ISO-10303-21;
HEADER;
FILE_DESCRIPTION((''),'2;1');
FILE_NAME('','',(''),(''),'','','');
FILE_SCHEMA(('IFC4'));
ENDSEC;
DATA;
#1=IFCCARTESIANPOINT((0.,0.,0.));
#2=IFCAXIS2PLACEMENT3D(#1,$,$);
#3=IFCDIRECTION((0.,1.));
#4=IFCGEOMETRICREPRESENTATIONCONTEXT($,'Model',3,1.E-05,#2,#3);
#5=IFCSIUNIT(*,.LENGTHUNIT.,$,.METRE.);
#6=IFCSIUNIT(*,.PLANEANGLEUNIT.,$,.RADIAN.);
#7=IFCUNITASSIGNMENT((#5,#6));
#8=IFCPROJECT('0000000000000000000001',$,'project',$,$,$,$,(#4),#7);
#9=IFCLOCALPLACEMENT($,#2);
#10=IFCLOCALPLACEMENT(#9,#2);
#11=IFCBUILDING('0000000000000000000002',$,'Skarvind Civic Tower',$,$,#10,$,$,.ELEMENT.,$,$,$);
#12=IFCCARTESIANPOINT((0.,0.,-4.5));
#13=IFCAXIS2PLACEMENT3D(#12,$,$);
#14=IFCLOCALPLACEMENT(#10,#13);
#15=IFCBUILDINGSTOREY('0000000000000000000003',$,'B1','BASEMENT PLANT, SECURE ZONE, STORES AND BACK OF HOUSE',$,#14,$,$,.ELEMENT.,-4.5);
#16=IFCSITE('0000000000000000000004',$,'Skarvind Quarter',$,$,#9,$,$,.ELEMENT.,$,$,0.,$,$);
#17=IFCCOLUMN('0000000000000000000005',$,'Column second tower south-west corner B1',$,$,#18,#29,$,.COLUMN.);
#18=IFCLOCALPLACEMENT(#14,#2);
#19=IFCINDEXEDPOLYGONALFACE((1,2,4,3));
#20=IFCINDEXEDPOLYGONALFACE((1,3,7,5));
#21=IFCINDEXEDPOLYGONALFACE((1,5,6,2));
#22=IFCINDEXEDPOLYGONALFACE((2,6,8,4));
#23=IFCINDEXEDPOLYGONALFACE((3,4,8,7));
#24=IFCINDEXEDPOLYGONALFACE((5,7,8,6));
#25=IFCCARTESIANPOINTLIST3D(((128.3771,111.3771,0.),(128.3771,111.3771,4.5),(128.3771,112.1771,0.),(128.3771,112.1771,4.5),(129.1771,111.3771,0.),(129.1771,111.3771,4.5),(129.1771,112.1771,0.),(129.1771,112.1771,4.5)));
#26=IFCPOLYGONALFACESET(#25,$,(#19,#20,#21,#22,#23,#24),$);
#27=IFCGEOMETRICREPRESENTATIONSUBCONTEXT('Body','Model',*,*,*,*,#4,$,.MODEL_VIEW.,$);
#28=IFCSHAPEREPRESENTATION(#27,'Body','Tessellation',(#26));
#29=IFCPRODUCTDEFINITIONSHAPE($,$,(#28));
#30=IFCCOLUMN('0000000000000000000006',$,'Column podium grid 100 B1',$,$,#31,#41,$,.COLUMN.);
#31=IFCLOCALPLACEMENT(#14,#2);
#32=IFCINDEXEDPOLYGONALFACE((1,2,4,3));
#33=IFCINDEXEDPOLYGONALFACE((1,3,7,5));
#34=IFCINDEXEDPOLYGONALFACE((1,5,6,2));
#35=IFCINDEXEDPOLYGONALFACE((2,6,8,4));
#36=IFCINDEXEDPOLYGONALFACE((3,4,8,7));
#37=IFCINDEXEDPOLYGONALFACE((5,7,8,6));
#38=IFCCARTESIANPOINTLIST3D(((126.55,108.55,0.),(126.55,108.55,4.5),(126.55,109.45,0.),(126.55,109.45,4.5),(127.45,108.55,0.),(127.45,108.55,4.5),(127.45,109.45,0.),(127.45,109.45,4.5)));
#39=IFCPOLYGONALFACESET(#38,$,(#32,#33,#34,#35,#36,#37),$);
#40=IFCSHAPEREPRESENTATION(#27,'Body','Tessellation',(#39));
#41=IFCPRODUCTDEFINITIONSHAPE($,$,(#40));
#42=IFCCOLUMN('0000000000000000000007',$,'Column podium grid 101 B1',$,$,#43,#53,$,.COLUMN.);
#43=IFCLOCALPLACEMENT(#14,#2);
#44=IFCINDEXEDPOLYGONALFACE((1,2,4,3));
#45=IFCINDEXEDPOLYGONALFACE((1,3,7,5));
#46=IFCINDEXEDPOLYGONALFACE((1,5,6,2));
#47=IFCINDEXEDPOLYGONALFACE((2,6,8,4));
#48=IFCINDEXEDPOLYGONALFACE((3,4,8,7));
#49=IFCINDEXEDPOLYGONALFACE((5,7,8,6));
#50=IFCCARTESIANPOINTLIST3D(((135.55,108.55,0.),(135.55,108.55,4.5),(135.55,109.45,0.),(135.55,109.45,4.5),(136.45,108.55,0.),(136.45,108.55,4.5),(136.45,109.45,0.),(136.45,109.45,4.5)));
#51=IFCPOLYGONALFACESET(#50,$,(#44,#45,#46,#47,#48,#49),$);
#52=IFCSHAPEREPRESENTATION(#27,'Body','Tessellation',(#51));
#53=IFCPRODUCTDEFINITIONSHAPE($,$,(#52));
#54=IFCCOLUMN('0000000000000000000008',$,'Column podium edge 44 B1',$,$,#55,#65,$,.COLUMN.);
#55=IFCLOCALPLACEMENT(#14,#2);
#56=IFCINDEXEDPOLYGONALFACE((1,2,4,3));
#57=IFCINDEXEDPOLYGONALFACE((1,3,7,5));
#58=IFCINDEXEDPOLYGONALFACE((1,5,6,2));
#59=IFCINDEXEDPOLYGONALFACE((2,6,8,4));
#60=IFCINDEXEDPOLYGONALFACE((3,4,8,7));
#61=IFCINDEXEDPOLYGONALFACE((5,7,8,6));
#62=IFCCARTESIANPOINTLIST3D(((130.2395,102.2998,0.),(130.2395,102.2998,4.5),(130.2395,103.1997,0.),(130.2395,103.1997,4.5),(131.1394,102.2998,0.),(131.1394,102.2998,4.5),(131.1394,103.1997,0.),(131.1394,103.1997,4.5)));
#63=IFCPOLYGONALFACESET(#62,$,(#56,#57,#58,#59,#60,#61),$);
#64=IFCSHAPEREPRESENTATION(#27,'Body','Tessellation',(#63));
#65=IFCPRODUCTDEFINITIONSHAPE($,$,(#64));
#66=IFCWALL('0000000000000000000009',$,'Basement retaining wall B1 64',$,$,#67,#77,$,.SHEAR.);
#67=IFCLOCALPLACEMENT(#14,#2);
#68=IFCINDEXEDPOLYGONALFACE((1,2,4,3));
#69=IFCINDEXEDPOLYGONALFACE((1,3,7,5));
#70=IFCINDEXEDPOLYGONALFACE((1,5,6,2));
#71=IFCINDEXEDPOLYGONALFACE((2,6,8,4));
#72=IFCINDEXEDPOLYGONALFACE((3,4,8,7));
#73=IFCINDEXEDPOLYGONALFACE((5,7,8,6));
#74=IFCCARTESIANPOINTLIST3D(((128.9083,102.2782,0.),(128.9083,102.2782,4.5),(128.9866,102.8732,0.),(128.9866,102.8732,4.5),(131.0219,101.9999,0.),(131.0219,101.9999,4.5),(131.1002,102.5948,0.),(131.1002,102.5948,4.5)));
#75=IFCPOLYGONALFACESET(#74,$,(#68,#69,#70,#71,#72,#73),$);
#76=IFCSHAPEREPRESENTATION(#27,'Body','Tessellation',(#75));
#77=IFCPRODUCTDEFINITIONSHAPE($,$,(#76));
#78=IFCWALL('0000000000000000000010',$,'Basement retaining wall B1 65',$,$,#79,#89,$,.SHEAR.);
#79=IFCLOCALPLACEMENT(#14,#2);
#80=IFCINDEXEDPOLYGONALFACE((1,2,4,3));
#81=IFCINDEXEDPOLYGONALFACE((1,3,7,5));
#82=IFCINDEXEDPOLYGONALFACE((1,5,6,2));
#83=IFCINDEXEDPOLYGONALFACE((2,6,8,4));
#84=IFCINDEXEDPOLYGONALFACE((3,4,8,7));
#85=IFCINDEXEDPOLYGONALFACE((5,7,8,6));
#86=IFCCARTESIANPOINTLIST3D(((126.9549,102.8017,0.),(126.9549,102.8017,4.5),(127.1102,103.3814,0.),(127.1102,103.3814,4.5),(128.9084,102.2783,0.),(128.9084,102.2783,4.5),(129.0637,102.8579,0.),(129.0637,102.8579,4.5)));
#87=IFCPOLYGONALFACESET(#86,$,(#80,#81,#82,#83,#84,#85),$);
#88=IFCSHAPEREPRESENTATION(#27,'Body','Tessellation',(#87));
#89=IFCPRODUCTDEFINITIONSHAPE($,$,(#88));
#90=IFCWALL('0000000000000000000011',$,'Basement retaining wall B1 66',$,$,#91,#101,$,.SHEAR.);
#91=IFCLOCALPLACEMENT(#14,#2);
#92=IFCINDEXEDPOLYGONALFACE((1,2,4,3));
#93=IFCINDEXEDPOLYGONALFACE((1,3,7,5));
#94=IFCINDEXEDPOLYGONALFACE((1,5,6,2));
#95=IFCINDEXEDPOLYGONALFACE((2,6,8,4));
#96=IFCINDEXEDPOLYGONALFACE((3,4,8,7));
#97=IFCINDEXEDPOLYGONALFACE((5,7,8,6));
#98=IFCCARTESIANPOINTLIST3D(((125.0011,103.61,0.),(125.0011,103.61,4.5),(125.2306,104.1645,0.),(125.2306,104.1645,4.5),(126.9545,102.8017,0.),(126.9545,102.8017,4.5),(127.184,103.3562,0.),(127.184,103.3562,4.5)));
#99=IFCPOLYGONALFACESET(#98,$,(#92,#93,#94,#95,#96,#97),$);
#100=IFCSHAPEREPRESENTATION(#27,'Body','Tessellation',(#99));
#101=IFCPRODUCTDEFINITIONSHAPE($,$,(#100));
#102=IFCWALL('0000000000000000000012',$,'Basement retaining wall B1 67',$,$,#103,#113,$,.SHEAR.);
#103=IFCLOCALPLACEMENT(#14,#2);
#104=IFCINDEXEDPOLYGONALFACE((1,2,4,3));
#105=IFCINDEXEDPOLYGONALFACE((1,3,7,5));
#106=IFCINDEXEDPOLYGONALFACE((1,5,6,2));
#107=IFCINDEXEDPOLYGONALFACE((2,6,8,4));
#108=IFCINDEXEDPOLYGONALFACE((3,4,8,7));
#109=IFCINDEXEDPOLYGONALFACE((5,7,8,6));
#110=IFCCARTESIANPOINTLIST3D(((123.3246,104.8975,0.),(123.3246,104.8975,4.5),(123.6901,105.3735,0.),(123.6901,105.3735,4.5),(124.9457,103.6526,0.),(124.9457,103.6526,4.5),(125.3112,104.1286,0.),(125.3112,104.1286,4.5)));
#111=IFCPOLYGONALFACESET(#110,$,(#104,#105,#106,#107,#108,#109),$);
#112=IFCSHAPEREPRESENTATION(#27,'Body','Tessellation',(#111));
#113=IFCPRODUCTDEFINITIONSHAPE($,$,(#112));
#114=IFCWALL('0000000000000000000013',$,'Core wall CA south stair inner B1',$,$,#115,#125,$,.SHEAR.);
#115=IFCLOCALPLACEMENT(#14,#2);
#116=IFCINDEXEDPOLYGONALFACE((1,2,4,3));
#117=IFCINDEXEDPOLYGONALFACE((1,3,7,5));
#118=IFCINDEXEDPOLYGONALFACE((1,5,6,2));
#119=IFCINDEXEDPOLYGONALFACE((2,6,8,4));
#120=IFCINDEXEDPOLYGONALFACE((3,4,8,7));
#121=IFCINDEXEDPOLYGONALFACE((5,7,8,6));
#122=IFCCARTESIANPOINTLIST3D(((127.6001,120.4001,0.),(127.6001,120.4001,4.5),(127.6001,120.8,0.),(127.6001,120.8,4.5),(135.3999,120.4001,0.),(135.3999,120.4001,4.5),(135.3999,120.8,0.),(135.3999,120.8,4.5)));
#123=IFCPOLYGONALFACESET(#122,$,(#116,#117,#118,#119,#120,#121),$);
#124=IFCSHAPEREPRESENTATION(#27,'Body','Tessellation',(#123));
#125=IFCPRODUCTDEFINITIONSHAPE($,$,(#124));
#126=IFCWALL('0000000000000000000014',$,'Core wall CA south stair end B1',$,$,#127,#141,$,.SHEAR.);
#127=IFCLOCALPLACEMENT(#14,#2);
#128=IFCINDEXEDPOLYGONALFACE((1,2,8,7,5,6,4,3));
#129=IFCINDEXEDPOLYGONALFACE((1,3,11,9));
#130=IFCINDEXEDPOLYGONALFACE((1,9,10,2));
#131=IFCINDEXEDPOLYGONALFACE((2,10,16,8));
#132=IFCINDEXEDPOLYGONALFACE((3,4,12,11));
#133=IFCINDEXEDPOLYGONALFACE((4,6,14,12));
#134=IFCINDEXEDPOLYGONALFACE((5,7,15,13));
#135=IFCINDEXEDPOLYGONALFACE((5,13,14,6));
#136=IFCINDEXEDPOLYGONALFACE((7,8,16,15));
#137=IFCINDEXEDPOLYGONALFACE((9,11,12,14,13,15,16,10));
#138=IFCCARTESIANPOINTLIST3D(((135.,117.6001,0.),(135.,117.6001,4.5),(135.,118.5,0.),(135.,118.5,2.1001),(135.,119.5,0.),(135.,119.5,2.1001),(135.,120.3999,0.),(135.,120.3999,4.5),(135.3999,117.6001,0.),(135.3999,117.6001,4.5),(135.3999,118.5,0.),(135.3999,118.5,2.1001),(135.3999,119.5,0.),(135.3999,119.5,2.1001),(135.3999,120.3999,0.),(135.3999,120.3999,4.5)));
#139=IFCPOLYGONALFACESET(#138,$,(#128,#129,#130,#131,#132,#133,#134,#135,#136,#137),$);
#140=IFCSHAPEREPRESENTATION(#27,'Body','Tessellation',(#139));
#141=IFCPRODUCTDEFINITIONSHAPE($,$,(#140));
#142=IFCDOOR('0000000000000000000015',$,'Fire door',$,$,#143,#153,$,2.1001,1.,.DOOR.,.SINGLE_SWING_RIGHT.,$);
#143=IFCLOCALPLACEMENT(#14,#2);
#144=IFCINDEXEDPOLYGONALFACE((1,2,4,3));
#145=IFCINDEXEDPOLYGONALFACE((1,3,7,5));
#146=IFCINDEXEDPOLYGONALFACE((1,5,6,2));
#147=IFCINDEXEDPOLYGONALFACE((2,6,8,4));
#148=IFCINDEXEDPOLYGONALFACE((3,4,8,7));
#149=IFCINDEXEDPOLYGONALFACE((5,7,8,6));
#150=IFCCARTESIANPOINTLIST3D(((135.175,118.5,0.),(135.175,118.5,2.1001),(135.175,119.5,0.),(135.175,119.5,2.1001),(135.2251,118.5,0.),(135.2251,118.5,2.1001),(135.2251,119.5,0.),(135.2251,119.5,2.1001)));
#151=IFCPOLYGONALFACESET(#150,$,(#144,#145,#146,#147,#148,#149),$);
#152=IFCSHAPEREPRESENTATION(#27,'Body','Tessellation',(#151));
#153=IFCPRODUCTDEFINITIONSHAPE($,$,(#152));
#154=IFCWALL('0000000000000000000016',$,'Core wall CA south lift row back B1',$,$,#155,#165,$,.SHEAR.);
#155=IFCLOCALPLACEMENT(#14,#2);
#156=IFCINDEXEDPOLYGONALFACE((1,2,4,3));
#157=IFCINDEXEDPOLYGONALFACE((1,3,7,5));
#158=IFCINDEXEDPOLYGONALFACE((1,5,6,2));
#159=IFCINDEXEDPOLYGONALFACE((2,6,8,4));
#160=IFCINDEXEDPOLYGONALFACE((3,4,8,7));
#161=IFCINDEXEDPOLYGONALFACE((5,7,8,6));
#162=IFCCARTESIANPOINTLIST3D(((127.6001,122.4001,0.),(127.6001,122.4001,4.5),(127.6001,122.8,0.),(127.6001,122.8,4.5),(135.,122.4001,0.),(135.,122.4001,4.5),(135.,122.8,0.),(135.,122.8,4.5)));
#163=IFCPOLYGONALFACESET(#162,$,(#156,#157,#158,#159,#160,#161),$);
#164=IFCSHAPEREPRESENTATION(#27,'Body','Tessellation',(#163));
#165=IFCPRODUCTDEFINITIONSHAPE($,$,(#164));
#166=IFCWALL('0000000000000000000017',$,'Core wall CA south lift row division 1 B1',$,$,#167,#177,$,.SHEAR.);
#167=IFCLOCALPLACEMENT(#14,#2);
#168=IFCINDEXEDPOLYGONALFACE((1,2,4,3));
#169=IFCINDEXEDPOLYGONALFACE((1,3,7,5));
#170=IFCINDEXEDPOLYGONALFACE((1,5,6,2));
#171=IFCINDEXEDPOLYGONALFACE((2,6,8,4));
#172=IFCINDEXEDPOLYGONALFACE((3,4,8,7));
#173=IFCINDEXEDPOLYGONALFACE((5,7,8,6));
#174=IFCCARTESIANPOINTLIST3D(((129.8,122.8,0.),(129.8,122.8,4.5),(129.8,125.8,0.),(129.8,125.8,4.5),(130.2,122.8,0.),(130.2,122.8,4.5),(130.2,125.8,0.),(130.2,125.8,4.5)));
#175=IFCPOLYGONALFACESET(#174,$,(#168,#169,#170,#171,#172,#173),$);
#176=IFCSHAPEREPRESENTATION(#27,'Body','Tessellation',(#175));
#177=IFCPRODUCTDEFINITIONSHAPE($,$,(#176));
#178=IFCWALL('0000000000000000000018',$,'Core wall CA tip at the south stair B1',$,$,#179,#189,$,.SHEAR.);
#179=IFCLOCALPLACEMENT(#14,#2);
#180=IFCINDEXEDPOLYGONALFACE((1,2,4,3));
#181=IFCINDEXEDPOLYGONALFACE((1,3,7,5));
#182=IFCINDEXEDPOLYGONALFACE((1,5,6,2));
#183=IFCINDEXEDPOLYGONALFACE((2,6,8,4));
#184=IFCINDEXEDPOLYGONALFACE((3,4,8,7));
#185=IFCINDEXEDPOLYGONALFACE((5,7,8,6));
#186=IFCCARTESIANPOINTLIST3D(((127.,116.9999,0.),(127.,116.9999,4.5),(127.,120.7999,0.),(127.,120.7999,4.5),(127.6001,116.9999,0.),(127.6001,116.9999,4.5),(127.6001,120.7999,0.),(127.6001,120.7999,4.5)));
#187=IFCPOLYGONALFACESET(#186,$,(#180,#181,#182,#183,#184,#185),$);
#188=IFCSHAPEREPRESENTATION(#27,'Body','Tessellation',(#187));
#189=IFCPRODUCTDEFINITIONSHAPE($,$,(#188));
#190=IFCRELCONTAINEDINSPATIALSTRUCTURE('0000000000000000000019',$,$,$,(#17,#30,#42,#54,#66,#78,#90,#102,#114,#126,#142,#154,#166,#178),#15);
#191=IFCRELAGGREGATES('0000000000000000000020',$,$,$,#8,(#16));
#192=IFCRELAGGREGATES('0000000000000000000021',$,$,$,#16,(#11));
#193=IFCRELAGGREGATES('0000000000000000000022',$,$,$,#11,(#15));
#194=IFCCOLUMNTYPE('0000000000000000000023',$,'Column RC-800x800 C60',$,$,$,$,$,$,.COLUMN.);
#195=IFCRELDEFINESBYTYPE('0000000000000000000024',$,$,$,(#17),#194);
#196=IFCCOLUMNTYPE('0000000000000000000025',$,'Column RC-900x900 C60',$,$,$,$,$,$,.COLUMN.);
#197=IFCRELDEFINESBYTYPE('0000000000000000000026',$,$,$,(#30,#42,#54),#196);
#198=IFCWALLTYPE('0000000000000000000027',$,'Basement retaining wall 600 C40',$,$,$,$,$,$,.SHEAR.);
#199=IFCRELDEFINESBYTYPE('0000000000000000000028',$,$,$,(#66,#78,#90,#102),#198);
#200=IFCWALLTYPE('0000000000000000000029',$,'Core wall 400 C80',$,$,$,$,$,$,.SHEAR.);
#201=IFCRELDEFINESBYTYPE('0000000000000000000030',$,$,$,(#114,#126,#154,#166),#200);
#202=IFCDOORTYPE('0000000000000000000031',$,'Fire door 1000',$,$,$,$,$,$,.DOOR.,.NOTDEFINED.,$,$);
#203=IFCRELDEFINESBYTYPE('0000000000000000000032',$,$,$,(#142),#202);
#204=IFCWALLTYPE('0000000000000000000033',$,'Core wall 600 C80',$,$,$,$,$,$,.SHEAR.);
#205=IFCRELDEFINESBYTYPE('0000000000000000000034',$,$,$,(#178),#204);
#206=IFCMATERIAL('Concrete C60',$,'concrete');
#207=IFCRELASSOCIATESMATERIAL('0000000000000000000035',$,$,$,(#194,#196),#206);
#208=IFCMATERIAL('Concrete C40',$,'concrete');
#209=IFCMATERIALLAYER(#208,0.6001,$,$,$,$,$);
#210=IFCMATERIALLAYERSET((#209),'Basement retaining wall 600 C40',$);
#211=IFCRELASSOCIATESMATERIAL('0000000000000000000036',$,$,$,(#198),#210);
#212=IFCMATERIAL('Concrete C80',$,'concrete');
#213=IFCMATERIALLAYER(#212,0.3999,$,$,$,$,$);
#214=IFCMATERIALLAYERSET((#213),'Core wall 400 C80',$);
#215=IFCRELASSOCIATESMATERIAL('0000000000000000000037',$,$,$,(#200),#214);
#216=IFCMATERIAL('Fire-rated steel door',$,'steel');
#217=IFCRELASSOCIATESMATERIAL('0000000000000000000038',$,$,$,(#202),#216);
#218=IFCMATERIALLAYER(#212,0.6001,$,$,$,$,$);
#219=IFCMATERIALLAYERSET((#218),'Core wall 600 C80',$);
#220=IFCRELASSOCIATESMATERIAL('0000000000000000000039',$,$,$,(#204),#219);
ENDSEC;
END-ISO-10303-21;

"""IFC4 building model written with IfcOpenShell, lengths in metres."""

from ifc_helpers import new_model, si_unit, direction, frame, frame_2d, origin, origin_2d, place, context, subcontext, project, spatial, rectangle, extrude, material, layer, layer_set, material_profile, profile_set, type_object, element, fill, save


model = new_model("IFC4")

# Units and contexts
model_context = context("Model", 3, precision=1e-05, world=origin(), true_north=direction((0.0, 1.0)))
body_context = subcontext(model_context, "Body", "Model", "MODEL_VIEW")
ifc_project = project(units=[si_unit("LENGTHUNIT", "METRE"), si_unit("PLANEANGLEUNIT", "RADIAN")], contexts=[model_context])

# Site, building, storey
site_placement = place(None, origin())
site = spatial("IfcSite", under=ifc_project, at=site_placement, Name="Skarvind Quarter", CompositionType="ELEMENT", RefElevation=0.0)
building_placement = place(site_placement, origin())
building = spatial("IfcBuilding", under=site, at=building_placement, Name="Skarvind Civic Tower", CompositionType="ELEMENT")
storey_placement = place(building_placement, frame((0.0, 0.0, -4.5)))
storey = spatial("IfcBuildingStorey", under=building, at=storey_placement, Name="B1", Description="BASEMENT PLANT, SECURE ZONE, STORES AND BACK OF HOUSE", CompositionType="ELEMENT", Elevation=-4.5)

# Columns
ifc_material_1 = material(Name="Concrete C60", Category="concrete")
ifc_material_profile_1 = material_profile(ifc_material_1, rectangle(XDim=0.8, YDim=0.8, at=origin_2d()), Name="RC-800x800")
ifc_profile_set_1 = profile_set([ifc_material_profile_1], Name="Concrete C60")
column_type_1 = type_object("IfcColumnType", Name="Column RC-800x800 C60", PredefinedType="COLUMN", material=ifc_profile_set_1)
column_placement = place(storey_placement, frame((128.7771, 111.7771, 0.0), z_axis=(0.0, 0.0, 1.0), x_axis=(1.0, 0.0, 0.0)))
element("IfcColumn", 1, at=column_placement, inside=storey, type_object=column_type_1, Name="Column second tower south-west corner B1", PredefinedType="COLUMN", context=body_context, shape_type="SweptSolid", body=[
    extrude(rectangle(XDim=0.8, YDim=0.8, at=origin_2d()), origin(), (0.0, 0.0, 1.0), 4.5),
])
ifc_material_profile_2 = material_profile(ifc_material_1, rectangle(XDim=0.8999, YDim=0.8999, at=origin_2d()), Name="RC-900x900")
ifc_profile_set_2 = profile_set([ifc_material_profile_2], Name="Concrete C60")
column_type_2 = type_object("IfcColumnType", Name="Column RC-900x900 C60", PredefinedType="COLUMN", material=ifc_profile_set_2)
for number, where, z_axis, x_axis, name in (
    (2, (127.0, 109.0, 0.0), (0.0, 0.0, 1.0), (1.0, 0.0, 0.0), "Column podium grid 100 B1"),
    (3, (136.0, 109.0, 0.0), (0.0, 0.0, 1.0), (1.0, 0.0, 0.0), "Column podium grid 101 B1"),
    (4, (130.6895, 102.7498, 0.0), (0.0, 0.0, 1.0), (1.0, 0.0, 0.0), "Column podium edge 44 B1"),
):
    element("IfcColumn", number, at=place(storey_placement, frame(where, z_axis=z_axis, x_axis=x_axis)), inside=storey, type_object=column_type_2, Name=name, PredefinedType="COLUMN", context=body_context, shape_type="SweptSolid", body=[
        extrude(rectangle(XDim=0.8999, YDim=0.8999, at=origin_2d()), origin(), (0.0, 0.0, 1.0), 4.5),
    ])

# Walls
ifc_material_2 = material(Name="Concrete C40", Category="concrete")
ifc_layer_1 = layer(ifc_material_2, 0.6001)
ifc_layer_set_1 = layer_set([ifc_layer_1], Name="Basement retaining wall 600 C40")
wall_type_1 = type_object("IfcWallType", Name="Basement retaining wall 600 C40", PredefinedType="SHEAR", material=ifc_layer_set_1)
wall_1_placement = place(storey_placement, frame((131.061, 102.2974, 0.0), z_axis=(0.0, 0.0, 1.0), x_axis=(-0.991441, 0.130558, 0.0)))
element("IfcWall", 5, at=wall_1_placement, inside=storey, type_object=wall_type_1, Name="Basement retaining wall B1 64", PredefinedType="SHEAR", context=body_context, shape_type="SweptSolid", body=[
    extrude(rectangle(XDim=2.1318, YDim=0.6001, at=frame_2d((1.0659, 0.0))), origin(), (0.0, 0.0, 1.0), 4.5),
])
wall_2_placement = place(storey_placement, frame((128.9861, 102.5681, 0.0), z_axis=(0.0, 0.0, 1.0), x_axis=(-0.96593, 0.258804, 0.0)))
element("IfcWall", 6, at=wall_2_placement, inside=storey, type_object=wall_type_1, Name="Basement retaining wall B1 65", PredefinedType="SHEAR", context=body_context, shape_type="SweptSolid", body=[
    extrude(rectangle(XDim=2.0225, YDim=0.6001, at=frame_2d((1.0112, 0.0))), origin(), (0.0, 0.0, 1.0), 4.5),
])
wall_3_placement = place(storey_placement, frame((127.0693, 103.0789, 0.0), z_axis=(0.0, 0.0, 1.0), x_axis=(-0.924007, 0.382376, 0.0)))
element("IfcWall", 7, at=wall_3_placement, inside=storey, type_object=wall_type_1, Name="Basement retaining wall B1 66", PredefinedType="SHEAR", context=body_context, shape_type="SweptSolid", body=[
    extrude(rectangle(XDim=2.114, YDim=0.6001, at=frame_2d((1.0571, 0.0))), origin(), (0.0, 0.0, 1.0), 4.5),
])
wall_4_placement = place(storey_placement, frame((125.1284, 103.8906, 0.0), z_axis=(0.0, 0.0, 1.0), x_axis=(-0.793125, 0.609058, 0.0)))
element("IfcWall", 8, at=wall_4_placement, inside=storey, type_object=wall_type_1, Name="Basement retaining wall B1 67", PredefinedType="SHEAR", context=body_context, shape_type="SweptSolid", body=[
    extrude(rectangle(XDim=2.0439, YDim=0.6001, at=frame_2d((1.022, 0.0))), origin(), (0.0, 0.0, 1.0), 4.5),
])
ifc_material_3 = material(Name="Concrete C80", Category="concrete")
ifc_layer_2 = layer(ifc_material_3, 0.3999)
ifc_layer_set_2 = layer_set([ifc_layer_2], Name="Core wall 400 C80")
wall_type_2 = type_object("IfcWallType", Name="Core wall 400 C80", PredefinedType="SHEAR", material=ifc_layer_set_2)
wall_5_placement = place(storey_placement, frame((127.6001, 120.6001, 0.0), z_axis=(0.0, 0.0, 1.0), x_axis=(1.0, 0.0, 0.0)))
element("IfcWall", 9, at=wall_5_placement, inside=storey, type_object=wall_type_2, Name="Core wall CA south stair inner B1", PredefinedType="SHEAR", context=body_context, shape_type="SweptSolid", body=[
    extrude(rectangle(XDim=7.7998, YDim=0.3999, at=frame_2d((3.8999, 0.0))), origin(), (0.0, 0.0, 1.0), 4.5),
])

# Wall, opening, door
wall_6_placement = place(storey_placement, frame((135.2, 117.6001, 0.0), z_axis=(0.0, 0.0, 1.0), x_axis=(0.0, 1.0, 0.0)))
wall_6 = element("IfcWall", 10, at=wall_6_placement, inside=storey, type_object=wall_type_2, Name="Core wall CA south stair end B1", PredefinedType="SHEAR", context=body_context, shape_type="SweptSolid", body=[
    extrude(rectangle(XDim=2.7998, YDim=0.3999, at=frame_2d((1.3999, 0.0))), origin(), (0.0, 0.0, 1.0), 4.5),
])
opening_1_placement = place(wall_6_placement, frame((0.8999, 0.0, 0.0)))
opening_1 = element("IfcOpeningElement", 11, at=opening_1_placement, cuts=wall_6, PredefinedType="OPENING", context=body_context, shape_type="SweptSolid", body=[
    extrude(rectangle(XDim=1.0, YDim=2.1001, at=frame_2d((0.5, 1.05))), frame((0.0, 0.21, 0.0), z_axis=(0.0, -1.0, 0.0), x_axis=(1.0, 0.0, 0.0)), (0.0, 0.0, 1.0), 0.4199),
])
ifc_material_4 = material(Name="Fire-rated steel door", Category="steel")
door_type_1 = type_object("IfcDoorType", Name="Fire door 1000", OperationType="NOTDEFINED", PredefinedType="DOOR", material=ifc_material_4)
door_1_placement = place(opening_1_placement, origin())
door_1 = element("IfcDoor", 12, at=door_1_placement, inside=storey, type_object=door_type_1, Name="Fire door", OperationType="SINGLE_SWING_RIGHT", OverallHeight=2.1001, OverallWidth=1.0, PredefinedType="DOOR", context=body_context, shape_type="SweptSolid", body=[
    extrude(rectangle(XDim=1.0, YDim=2.1001, at=frame_2d((0.5, 1.05))), frame((0.0, 0.0249, 0.0), z_axis=(0.0, -1.0, 0.0), x_axis=(1.0, 0.0, 0.0)), (0.0, 0.0, 1.0), 0.05),
])
fill(opening_1, door_1)

# Walls
wall_7_placement = place(storey_placement, frame((127.6001, 122.6001, 0.0), z_axis=(0.0, 0.0, 1.0), x_axis=(1.0, 0.0, 0.0)))
element("IfcWall", 13, at=wall_7_placement, inside=storey, type_object=wall_type_2, Name="Core wall CA south lift row back B1", PredefinedType="SHEAR", context=body_context, shape_type="SweptSolid", body=[
    extrude(rectangle(XDim=7.3999, YDim=0.3999, at=frame_2d((3.7, 0.0))), origin(), (0.0, 0.0, 1.0), 4.5),
])
wall_8_placement = place(storey_placement, frame((130.0, 122.8, 0.0), z_axis=(0.0, 0.0, 1.0), x_axis=(0.0, 1.0, 0.0)))
element("IfcWall", 14, at=wall_8_placement, inside=storey, type_object=wall_type_2, Name="Core wall CA south lift row division 1 B1", PredefinedType="SHEAR", context=body_context, shape_type="SweptSolid", body=[
    extrude(rectangle(XDim=3.0, YDim=0.3999, at=frame_2d((1.5, 0.0))), origin(), (0.0, 0.0, 1.0), 4.5),
])
ifc_layer_3 = layer(ifc_material_3, 0.6001)
ifc_layer_set_3 = layer_set([ifc_layer_3], Name="Core wall 600 C80")
wall_type_3 = type_object("IfcWallType", Name="Core wall 600 C80", PredefinedType="SHEAR", material=ifc_layer_set_3)
wall_9_placement = place(storey_placement, frame((127.3, 117.0, 0.0), z_axis=(0.0, 0.0, 1.0), x_axis=(0.0, 1.0, 0.0)))
element("IfcWall", 15, at=wall_9_placement, inside=storey, type_object=wall_type_3, Name="Core wall CA tip at the south stair B1", PredefinedType="SHEAR", context=body_context, shape_type="SweptSolid", body=[
    extrude(rectangle(XDim=3.8, YDim=0.6001, at=frame_2d((1.8999, 0.0))), origin(), (0.0, 0.0, 1.0), 4.5),
])

save(model, "model.ifc")
